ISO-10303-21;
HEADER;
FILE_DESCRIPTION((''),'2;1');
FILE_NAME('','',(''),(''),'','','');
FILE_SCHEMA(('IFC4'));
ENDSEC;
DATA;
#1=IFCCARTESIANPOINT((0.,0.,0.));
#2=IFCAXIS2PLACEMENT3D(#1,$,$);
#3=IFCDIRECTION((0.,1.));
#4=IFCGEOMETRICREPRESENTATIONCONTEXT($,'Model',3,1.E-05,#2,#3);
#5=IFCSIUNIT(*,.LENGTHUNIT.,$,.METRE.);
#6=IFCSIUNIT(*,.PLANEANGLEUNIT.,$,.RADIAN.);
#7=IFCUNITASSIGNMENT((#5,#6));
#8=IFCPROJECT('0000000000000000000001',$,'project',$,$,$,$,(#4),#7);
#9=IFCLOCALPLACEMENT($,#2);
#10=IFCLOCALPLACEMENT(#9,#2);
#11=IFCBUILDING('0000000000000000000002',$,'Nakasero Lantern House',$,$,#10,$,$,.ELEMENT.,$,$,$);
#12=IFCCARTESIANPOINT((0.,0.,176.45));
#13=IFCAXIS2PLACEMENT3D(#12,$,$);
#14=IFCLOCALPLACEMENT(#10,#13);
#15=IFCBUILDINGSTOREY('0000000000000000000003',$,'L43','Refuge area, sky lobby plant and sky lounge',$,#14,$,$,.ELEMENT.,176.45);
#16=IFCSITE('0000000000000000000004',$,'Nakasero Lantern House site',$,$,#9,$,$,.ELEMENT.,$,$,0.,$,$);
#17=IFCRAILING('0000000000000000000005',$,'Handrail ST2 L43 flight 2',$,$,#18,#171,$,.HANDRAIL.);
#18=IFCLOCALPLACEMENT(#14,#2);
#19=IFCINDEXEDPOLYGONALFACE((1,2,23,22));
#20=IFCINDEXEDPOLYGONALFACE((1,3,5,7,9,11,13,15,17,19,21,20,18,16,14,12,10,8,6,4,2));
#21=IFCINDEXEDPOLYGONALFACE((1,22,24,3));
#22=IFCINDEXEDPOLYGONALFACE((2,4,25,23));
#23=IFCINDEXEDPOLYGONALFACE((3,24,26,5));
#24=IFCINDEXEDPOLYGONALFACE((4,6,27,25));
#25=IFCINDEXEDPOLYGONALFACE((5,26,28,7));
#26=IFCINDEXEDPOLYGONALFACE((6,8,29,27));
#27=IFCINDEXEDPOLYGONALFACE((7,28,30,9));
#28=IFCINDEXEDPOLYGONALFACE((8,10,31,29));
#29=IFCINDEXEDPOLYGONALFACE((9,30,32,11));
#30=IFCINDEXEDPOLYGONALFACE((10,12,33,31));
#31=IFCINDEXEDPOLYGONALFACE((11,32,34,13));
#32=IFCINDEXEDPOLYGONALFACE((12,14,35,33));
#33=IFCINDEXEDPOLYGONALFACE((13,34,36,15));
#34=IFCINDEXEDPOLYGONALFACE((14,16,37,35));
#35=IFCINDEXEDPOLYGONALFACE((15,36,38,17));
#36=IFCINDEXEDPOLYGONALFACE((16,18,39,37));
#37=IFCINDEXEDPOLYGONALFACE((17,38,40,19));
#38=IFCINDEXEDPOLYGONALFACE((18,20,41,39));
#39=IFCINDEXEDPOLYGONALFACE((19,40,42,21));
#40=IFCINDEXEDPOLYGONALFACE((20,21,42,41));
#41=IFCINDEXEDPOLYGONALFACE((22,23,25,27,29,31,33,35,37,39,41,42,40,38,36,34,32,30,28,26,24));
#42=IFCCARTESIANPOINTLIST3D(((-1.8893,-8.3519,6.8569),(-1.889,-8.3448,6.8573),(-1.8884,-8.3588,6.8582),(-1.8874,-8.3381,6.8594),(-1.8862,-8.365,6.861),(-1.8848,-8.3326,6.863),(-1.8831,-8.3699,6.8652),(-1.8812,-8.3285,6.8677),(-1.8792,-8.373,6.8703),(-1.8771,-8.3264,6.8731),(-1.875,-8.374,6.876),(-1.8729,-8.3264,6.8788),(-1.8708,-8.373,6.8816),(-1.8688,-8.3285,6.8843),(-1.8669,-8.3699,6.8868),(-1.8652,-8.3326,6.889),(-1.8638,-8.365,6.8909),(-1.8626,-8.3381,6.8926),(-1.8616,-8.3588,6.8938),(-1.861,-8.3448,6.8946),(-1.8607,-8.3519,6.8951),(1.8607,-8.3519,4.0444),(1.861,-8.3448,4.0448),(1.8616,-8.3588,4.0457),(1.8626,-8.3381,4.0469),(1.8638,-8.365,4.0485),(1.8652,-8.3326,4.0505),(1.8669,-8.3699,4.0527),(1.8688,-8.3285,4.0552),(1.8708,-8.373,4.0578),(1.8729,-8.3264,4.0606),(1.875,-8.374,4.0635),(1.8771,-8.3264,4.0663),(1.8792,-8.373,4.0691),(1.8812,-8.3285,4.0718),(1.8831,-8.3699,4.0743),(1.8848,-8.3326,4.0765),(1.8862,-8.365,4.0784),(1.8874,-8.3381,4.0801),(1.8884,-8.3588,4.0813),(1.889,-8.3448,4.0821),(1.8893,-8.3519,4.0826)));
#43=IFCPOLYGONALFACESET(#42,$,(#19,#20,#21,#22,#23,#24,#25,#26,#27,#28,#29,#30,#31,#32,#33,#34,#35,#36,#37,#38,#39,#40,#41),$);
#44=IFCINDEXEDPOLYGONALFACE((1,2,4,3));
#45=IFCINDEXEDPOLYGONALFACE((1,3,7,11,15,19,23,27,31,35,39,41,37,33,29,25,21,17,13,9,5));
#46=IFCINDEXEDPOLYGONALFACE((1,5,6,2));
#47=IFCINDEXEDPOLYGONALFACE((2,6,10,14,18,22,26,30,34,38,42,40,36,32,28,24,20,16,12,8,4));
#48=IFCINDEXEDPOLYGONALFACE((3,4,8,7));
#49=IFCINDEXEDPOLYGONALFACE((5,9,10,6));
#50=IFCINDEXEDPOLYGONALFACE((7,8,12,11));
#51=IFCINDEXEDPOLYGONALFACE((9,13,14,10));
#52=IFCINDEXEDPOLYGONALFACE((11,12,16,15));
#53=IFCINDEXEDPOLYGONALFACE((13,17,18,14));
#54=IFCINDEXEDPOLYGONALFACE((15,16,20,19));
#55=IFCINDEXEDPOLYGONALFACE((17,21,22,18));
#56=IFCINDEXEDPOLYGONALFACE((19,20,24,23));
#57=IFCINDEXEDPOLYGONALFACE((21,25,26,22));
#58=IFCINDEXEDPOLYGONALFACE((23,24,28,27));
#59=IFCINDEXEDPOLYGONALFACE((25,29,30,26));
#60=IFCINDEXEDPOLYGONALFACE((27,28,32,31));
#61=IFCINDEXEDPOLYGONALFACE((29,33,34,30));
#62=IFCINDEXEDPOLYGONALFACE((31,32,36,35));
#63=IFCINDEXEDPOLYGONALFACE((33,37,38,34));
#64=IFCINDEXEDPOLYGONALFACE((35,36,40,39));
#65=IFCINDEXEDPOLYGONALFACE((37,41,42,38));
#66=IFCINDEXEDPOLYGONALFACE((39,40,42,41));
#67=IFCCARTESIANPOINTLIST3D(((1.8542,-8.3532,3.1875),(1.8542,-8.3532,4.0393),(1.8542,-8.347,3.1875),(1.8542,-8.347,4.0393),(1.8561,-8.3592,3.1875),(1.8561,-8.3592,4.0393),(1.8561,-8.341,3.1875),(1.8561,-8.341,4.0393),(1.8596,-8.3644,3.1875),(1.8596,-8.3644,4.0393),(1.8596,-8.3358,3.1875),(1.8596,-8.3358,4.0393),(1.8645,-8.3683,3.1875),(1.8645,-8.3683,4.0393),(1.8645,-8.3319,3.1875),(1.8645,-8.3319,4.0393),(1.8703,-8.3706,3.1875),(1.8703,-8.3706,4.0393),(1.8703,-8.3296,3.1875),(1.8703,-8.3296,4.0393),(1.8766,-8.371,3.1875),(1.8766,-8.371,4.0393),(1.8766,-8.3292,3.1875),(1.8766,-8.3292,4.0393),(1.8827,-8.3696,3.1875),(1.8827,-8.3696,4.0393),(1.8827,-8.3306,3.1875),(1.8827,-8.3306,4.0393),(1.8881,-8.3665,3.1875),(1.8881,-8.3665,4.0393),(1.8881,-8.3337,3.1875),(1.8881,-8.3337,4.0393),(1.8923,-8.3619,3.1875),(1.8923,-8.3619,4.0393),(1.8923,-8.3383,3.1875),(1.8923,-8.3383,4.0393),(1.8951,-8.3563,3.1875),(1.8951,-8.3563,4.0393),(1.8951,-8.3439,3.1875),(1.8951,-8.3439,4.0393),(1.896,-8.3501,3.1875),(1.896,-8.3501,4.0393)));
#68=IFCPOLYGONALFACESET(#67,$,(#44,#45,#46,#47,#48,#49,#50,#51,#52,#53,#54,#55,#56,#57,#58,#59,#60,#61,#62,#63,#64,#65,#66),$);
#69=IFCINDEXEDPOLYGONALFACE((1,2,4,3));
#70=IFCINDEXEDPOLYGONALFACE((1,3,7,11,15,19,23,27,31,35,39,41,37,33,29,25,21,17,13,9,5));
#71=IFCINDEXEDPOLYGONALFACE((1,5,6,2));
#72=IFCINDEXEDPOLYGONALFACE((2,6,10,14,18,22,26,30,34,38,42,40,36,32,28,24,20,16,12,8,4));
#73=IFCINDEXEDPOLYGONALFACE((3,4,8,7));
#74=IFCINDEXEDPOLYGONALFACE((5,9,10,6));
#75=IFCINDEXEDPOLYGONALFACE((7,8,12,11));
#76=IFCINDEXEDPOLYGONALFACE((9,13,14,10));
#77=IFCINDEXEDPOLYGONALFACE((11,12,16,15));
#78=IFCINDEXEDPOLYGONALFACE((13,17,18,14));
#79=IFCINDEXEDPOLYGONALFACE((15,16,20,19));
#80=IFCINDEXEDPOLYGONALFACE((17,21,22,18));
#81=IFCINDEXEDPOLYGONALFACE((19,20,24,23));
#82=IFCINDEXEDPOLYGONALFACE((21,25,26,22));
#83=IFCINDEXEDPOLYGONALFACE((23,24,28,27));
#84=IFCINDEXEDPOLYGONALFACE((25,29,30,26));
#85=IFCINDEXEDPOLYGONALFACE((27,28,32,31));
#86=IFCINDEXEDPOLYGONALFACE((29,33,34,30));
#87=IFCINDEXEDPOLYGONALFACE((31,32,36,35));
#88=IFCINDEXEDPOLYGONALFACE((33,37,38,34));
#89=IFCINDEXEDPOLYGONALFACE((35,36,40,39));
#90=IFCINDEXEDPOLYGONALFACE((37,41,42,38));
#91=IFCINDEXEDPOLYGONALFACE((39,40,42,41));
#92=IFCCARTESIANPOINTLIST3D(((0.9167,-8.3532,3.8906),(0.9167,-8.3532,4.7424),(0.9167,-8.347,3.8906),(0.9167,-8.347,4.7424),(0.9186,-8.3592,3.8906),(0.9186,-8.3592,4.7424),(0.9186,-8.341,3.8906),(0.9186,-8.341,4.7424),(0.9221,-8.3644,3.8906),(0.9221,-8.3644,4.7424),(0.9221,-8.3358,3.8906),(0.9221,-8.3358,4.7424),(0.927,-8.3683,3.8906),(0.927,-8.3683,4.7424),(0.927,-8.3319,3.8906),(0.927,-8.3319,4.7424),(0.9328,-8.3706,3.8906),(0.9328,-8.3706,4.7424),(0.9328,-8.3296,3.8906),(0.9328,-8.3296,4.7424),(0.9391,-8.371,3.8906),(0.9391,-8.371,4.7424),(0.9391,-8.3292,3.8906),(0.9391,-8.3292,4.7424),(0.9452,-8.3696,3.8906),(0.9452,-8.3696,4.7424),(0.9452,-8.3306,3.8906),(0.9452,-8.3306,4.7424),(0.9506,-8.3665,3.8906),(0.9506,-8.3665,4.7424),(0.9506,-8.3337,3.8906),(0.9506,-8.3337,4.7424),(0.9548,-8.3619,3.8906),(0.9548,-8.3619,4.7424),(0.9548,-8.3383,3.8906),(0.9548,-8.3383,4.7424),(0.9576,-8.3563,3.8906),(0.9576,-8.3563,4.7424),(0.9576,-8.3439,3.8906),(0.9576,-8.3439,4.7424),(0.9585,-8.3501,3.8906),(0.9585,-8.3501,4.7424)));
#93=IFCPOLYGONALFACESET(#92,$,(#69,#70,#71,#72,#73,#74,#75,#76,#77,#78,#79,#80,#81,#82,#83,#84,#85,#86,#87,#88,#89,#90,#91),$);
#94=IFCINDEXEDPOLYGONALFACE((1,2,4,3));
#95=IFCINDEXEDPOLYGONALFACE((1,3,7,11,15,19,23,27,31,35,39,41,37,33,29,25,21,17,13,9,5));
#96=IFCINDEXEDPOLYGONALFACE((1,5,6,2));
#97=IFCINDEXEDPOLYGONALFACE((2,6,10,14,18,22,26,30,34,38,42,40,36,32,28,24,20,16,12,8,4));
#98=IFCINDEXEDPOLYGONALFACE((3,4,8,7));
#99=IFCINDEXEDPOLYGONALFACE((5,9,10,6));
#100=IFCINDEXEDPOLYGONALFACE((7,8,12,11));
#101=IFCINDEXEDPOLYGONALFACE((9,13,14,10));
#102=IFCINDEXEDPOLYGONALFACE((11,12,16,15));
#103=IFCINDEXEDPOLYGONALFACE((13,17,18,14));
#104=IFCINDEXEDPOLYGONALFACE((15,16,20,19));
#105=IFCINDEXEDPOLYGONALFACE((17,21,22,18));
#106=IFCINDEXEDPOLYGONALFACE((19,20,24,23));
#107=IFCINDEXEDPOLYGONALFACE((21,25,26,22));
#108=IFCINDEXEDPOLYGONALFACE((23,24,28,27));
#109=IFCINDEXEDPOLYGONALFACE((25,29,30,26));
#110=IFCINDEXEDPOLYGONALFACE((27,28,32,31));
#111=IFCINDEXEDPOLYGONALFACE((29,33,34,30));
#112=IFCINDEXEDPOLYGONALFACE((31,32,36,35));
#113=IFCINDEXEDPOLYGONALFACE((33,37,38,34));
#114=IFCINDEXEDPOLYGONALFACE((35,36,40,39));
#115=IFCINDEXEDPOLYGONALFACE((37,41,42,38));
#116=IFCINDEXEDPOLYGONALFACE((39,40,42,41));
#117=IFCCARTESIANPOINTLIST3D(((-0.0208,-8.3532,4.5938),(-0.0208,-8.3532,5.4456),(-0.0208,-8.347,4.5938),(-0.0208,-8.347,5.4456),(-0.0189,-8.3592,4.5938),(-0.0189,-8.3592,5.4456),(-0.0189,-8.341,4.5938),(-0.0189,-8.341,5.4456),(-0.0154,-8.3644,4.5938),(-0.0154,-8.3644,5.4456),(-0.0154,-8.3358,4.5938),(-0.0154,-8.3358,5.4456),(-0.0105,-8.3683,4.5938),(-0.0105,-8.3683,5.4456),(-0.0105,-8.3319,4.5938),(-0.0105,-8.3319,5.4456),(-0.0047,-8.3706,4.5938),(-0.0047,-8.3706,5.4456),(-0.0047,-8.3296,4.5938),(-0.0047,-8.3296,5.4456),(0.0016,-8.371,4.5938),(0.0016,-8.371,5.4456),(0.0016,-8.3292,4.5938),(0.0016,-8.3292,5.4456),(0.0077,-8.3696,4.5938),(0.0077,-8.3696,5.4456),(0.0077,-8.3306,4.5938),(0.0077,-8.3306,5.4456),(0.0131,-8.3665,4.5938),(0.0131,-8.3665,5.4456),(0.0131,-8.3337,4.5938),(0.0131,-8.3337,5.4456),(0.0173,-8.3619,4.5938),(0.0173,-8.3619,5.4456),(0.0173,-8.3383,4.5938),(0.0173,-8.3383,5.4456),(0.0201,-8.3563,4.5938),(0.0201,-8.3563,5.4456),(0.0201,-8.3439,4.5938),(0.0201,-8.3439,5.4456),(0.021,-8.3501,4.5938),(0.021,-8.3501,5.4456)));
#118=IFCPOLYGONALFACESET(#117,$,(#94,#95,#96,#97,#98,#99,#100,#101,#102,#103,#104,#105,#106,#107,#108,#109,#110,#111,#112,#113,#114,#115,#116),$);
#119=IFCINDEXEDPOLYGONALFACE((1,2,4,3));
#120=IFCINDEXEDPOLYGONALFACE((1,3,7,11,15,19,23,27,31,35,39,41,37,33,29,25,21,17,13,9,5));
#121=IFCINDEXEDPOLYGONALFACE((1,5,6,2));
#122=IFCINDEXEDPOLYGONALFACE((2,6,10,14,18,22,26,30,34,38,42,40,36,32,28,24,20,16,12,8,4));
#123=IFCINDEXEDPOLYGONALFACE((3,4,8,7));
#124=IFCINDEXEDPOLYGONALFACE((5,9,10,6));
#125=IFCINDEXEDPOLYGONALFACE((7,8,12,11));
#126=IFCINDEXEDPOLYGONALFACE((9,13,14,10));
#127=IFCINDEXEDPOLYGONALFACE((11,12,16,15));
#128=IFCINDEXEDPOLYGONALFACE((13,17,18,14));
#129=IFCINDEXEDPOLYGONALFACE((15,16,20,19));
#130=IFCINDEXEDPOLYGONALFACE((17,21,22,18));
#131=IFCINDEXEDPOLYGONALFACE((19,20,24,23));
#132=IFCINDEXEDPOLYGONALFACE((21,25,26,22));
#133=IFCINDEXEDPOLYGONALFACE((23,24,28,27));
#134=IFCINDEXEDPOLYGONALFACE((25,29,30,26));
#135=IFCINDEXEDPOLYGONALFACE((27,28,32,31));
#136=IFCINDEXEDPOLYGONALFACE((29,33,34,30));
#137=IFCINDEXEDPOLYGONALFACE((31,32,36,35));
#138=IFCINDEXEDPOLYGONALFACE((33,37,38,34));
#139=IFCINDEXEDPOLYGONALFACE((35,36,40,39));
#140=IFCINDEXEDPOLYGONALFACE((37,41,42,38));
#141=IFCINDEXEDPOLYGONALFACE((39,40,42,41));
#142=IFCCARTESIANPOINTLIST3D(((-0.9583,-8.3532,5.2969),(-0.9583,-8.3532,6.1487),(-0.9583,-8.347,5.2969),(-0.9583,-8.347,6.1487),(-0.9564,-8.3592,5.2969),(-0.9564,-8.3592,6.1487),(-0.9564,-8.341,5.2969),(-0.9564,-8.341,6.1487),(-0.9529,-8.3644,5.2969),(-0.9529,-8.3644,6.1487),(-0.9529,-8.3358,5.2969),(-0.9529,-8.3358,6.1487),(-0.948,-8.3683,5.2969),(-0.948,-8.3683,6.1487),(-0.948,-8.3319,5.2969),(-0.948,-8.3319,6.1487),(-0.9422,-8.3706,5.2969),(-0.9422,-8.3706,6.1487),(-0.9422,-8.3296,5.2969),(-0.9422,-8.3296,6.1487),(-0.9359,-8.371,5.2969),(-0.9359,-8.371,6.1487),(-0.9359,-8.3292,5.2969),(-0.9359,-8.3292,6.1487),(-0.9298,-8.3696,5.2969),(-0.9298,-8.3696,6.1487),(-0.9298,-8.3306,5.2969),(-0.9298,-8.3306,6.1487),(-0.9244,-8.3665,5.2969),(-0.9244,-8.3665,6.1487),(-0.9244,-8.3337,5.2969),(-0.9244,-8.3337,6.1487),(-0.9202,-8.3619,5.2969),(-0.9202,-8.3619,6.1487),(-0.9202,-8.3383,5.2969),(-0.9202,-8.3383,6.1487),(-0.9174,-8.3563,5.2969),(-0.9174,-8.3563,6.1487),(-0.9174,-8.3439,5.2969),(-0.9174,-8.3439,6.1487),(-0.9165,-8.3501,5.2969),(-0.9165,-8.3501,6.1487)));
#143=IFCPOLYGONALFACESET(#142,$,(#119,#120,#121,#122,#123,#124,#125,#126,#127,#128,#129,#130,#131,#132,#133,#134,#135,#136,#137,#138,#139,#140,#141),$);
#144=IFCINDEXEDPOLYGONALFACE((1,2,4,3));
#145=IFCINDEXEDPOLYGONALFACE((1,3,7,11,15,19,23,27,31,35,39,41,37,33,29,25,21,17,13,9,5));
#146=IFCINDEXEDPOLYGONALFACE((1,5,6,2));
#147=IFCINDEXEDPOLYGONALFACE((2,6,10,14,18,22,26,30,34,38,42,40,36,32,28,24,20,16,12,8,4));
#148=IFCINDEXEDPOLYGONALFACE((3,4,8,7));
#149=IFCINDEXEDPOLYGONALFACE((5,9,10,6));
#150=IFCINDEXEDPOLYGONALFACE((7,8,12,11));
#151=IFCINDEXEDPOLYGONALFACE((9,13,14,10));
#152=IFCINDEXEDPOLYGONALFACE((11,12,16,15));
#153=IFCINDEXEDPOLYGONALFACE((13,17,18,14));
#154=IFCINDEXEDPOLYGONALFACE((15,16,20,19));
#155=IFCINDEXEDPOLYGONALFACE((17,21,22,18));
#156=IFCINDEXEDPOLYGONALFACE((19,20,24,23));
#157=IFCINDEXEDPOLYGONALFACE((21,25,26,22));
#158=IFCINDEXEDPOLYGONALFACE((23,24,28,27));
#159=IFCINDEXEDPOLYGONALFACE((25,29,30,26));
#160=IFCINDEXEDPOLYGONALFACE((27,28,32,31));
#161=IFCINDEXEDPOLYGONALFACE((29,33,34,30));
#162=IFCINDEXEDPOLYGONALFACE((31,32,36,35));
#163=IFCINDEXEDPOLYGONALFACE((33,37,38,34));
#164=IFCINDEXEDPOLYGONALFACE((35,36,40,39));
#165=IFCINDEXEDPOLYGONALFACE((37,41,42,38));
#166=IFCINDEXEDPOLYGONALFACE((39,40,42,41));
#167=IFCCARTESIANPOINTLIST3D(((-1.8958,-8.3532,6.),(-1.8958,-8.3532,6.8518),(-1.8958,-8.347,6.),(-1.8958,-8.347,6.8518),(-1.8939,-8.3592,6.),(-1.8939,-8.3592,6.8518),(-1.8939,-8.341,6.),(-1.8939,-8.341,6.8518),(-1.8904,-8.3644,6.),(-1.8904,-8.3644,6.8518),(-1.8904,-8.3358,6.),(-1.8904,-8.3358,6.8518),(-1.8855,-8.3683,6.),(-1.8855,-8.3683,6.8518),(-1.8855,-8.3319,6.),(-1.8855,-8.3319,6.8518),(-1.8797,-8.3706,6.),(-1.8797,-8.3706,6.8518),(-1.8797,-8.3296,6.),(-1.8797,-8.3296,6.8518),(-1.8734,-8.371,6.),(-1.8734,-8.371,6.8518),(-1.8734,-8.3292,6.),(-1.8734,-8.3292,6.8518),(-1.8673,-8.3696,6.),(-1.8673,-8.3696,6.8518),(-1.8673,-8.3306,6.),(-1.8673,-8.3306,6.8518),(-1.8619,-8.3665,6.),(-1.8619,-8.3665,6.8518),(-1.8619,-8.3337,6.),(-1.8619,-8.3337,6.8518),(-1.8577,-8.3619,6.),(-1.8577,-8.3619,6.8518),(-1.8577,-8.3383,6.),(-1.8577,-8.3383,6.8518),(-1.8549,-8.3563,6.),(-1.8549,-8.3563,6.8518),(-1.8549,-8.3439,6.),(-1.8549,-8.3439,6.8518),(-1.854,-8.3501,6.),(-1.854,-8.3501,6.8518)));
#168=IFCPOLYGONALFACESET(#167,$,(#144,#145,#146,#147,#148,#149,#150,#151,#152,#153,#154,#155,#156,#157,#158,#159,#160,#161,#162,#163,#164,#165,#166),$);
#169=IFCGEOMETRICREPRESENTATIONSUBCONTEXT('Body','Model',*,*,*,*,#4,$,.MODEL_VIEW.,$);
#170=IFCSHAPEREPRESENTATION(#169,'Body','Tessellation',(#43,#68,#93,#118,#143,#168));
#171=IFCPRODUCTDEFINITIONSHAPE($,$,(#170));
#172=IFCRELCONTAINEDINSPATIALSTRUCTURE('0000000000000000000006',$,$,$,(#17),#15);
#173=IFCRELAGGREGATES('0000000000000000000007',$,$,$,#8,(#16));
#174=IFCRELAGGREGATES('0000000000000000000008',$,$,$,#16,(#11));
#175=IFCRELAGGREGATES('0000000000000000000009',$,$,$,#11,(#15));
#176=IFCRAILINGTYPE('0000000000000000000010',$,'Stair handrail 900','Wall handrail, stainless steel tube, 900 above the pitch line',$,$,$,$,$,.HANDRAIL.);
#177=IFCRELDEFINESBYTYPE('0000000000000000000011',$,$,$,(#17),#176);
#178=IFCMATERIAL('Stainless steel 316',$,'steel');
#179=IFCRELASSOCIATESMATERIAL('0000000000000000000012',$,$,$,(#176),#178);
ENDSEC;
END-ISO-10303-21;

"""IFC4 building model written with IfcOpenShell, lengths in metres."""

from ifc_helpers import new_model, si_unit, direction, frame, origin, origin_2d, place, context, subcontext, project, spatial, circle, extrude, material, type_object, element, save


model = new_model("IFC4")

# Units and contexts
model_context = context("Model", 3, precision=1e-05, world=origin(), true_north=direction((0.0, 1.0)))
body_context = subcontext(model_context, "Body", "Model", "MODEL_VIEW")
ifc_project = project(units=[si_unit("LENGTHUNIT", "METRE"), si_unit("PLANEANGLEUNIT", "RADIAN")], contexts=[model_context])

# Site, building, storey
site_placement = place(None, origin())
site = spatial("IfcSite", under=ifc_project, at=site_placement, Name="Nakasero Lantern House site", CompositionType="ELEMENT", RefElevation=0.0)
building_placement = place(site_placement, origin())
building = spatial("IfcBuilding", under=site, at=building_placement, Name="Nakasero Lantern House", CompositionType="ELEMENT")
storey_placement = place(building_placement, frame((0.0, 0.0, 176.45)))
storey = spatial("IfcBuildingStorey", under=building, at=storey_placement, Name="L43", Description="Refuge area, sky lobby plant and sky lounge", CompositionType="ELEMENT", Elevation=176.45)

# Railing
ifc_material_1 = material(Name="Stainless steel 316", Category="steel")
railing_type = type_object("IfcRailingType", Name="Stair handrail 900", Description="Wall handrail, stainless steel tube, 900 above the pitch line", PredefinedType="HANDRAIL", material=ifc_material_1)
railing_placement = place(storey_placement, frame((1.875, -8.3501, 3.1875)))
element("IfcRailing", 1, at=railing_placement, inside=storey, type_object=railing_type, Name="Handrail ST2 L43 flight 2", PredefinedType="HANDRAIL", context=body_context, shape_type="SweptSolid", body=[
    extrude(circle(Radius=0.0239, at=origin_2d()), frame((0.0, 0.0, 0.876), z_axis=(-0.8, 0.0, 0.6), x_axis=(0.0, -1.0, 0.0)), (0.0, 0.0, 1.0), 4.6875),
    extrude(circle(Radius=0.021, at=origin_2d()), origin(), (0.0, 0.0, 1.0), 0.8518),
    extrude(circle(Radius=0.021, at=origin_2d()), frame((-0.9375, 0.0, 0.7031)), (0.0, 0.0, 1.0), 0.8518),
    extrude(circle(Radius=0.021, at=origin_2d()), frame((-1.875, 0.0, 1.4062)), (0.0, 0.0, 1.0), 0.8518),
    extrude(circle(Radius=0.021, at=origin_2d()), frame((-2.8125, 0.0, 2.1094)), (0.0, 0.0, 1.0), 0.8518),
    extrude(circle(Radius=0.021, at=origin_2d()), frame((-3.75, 0.0, 2.8125)), (0.0, 0.0, 1.0), 0.8518),
])

save(model, "model.ifc")
